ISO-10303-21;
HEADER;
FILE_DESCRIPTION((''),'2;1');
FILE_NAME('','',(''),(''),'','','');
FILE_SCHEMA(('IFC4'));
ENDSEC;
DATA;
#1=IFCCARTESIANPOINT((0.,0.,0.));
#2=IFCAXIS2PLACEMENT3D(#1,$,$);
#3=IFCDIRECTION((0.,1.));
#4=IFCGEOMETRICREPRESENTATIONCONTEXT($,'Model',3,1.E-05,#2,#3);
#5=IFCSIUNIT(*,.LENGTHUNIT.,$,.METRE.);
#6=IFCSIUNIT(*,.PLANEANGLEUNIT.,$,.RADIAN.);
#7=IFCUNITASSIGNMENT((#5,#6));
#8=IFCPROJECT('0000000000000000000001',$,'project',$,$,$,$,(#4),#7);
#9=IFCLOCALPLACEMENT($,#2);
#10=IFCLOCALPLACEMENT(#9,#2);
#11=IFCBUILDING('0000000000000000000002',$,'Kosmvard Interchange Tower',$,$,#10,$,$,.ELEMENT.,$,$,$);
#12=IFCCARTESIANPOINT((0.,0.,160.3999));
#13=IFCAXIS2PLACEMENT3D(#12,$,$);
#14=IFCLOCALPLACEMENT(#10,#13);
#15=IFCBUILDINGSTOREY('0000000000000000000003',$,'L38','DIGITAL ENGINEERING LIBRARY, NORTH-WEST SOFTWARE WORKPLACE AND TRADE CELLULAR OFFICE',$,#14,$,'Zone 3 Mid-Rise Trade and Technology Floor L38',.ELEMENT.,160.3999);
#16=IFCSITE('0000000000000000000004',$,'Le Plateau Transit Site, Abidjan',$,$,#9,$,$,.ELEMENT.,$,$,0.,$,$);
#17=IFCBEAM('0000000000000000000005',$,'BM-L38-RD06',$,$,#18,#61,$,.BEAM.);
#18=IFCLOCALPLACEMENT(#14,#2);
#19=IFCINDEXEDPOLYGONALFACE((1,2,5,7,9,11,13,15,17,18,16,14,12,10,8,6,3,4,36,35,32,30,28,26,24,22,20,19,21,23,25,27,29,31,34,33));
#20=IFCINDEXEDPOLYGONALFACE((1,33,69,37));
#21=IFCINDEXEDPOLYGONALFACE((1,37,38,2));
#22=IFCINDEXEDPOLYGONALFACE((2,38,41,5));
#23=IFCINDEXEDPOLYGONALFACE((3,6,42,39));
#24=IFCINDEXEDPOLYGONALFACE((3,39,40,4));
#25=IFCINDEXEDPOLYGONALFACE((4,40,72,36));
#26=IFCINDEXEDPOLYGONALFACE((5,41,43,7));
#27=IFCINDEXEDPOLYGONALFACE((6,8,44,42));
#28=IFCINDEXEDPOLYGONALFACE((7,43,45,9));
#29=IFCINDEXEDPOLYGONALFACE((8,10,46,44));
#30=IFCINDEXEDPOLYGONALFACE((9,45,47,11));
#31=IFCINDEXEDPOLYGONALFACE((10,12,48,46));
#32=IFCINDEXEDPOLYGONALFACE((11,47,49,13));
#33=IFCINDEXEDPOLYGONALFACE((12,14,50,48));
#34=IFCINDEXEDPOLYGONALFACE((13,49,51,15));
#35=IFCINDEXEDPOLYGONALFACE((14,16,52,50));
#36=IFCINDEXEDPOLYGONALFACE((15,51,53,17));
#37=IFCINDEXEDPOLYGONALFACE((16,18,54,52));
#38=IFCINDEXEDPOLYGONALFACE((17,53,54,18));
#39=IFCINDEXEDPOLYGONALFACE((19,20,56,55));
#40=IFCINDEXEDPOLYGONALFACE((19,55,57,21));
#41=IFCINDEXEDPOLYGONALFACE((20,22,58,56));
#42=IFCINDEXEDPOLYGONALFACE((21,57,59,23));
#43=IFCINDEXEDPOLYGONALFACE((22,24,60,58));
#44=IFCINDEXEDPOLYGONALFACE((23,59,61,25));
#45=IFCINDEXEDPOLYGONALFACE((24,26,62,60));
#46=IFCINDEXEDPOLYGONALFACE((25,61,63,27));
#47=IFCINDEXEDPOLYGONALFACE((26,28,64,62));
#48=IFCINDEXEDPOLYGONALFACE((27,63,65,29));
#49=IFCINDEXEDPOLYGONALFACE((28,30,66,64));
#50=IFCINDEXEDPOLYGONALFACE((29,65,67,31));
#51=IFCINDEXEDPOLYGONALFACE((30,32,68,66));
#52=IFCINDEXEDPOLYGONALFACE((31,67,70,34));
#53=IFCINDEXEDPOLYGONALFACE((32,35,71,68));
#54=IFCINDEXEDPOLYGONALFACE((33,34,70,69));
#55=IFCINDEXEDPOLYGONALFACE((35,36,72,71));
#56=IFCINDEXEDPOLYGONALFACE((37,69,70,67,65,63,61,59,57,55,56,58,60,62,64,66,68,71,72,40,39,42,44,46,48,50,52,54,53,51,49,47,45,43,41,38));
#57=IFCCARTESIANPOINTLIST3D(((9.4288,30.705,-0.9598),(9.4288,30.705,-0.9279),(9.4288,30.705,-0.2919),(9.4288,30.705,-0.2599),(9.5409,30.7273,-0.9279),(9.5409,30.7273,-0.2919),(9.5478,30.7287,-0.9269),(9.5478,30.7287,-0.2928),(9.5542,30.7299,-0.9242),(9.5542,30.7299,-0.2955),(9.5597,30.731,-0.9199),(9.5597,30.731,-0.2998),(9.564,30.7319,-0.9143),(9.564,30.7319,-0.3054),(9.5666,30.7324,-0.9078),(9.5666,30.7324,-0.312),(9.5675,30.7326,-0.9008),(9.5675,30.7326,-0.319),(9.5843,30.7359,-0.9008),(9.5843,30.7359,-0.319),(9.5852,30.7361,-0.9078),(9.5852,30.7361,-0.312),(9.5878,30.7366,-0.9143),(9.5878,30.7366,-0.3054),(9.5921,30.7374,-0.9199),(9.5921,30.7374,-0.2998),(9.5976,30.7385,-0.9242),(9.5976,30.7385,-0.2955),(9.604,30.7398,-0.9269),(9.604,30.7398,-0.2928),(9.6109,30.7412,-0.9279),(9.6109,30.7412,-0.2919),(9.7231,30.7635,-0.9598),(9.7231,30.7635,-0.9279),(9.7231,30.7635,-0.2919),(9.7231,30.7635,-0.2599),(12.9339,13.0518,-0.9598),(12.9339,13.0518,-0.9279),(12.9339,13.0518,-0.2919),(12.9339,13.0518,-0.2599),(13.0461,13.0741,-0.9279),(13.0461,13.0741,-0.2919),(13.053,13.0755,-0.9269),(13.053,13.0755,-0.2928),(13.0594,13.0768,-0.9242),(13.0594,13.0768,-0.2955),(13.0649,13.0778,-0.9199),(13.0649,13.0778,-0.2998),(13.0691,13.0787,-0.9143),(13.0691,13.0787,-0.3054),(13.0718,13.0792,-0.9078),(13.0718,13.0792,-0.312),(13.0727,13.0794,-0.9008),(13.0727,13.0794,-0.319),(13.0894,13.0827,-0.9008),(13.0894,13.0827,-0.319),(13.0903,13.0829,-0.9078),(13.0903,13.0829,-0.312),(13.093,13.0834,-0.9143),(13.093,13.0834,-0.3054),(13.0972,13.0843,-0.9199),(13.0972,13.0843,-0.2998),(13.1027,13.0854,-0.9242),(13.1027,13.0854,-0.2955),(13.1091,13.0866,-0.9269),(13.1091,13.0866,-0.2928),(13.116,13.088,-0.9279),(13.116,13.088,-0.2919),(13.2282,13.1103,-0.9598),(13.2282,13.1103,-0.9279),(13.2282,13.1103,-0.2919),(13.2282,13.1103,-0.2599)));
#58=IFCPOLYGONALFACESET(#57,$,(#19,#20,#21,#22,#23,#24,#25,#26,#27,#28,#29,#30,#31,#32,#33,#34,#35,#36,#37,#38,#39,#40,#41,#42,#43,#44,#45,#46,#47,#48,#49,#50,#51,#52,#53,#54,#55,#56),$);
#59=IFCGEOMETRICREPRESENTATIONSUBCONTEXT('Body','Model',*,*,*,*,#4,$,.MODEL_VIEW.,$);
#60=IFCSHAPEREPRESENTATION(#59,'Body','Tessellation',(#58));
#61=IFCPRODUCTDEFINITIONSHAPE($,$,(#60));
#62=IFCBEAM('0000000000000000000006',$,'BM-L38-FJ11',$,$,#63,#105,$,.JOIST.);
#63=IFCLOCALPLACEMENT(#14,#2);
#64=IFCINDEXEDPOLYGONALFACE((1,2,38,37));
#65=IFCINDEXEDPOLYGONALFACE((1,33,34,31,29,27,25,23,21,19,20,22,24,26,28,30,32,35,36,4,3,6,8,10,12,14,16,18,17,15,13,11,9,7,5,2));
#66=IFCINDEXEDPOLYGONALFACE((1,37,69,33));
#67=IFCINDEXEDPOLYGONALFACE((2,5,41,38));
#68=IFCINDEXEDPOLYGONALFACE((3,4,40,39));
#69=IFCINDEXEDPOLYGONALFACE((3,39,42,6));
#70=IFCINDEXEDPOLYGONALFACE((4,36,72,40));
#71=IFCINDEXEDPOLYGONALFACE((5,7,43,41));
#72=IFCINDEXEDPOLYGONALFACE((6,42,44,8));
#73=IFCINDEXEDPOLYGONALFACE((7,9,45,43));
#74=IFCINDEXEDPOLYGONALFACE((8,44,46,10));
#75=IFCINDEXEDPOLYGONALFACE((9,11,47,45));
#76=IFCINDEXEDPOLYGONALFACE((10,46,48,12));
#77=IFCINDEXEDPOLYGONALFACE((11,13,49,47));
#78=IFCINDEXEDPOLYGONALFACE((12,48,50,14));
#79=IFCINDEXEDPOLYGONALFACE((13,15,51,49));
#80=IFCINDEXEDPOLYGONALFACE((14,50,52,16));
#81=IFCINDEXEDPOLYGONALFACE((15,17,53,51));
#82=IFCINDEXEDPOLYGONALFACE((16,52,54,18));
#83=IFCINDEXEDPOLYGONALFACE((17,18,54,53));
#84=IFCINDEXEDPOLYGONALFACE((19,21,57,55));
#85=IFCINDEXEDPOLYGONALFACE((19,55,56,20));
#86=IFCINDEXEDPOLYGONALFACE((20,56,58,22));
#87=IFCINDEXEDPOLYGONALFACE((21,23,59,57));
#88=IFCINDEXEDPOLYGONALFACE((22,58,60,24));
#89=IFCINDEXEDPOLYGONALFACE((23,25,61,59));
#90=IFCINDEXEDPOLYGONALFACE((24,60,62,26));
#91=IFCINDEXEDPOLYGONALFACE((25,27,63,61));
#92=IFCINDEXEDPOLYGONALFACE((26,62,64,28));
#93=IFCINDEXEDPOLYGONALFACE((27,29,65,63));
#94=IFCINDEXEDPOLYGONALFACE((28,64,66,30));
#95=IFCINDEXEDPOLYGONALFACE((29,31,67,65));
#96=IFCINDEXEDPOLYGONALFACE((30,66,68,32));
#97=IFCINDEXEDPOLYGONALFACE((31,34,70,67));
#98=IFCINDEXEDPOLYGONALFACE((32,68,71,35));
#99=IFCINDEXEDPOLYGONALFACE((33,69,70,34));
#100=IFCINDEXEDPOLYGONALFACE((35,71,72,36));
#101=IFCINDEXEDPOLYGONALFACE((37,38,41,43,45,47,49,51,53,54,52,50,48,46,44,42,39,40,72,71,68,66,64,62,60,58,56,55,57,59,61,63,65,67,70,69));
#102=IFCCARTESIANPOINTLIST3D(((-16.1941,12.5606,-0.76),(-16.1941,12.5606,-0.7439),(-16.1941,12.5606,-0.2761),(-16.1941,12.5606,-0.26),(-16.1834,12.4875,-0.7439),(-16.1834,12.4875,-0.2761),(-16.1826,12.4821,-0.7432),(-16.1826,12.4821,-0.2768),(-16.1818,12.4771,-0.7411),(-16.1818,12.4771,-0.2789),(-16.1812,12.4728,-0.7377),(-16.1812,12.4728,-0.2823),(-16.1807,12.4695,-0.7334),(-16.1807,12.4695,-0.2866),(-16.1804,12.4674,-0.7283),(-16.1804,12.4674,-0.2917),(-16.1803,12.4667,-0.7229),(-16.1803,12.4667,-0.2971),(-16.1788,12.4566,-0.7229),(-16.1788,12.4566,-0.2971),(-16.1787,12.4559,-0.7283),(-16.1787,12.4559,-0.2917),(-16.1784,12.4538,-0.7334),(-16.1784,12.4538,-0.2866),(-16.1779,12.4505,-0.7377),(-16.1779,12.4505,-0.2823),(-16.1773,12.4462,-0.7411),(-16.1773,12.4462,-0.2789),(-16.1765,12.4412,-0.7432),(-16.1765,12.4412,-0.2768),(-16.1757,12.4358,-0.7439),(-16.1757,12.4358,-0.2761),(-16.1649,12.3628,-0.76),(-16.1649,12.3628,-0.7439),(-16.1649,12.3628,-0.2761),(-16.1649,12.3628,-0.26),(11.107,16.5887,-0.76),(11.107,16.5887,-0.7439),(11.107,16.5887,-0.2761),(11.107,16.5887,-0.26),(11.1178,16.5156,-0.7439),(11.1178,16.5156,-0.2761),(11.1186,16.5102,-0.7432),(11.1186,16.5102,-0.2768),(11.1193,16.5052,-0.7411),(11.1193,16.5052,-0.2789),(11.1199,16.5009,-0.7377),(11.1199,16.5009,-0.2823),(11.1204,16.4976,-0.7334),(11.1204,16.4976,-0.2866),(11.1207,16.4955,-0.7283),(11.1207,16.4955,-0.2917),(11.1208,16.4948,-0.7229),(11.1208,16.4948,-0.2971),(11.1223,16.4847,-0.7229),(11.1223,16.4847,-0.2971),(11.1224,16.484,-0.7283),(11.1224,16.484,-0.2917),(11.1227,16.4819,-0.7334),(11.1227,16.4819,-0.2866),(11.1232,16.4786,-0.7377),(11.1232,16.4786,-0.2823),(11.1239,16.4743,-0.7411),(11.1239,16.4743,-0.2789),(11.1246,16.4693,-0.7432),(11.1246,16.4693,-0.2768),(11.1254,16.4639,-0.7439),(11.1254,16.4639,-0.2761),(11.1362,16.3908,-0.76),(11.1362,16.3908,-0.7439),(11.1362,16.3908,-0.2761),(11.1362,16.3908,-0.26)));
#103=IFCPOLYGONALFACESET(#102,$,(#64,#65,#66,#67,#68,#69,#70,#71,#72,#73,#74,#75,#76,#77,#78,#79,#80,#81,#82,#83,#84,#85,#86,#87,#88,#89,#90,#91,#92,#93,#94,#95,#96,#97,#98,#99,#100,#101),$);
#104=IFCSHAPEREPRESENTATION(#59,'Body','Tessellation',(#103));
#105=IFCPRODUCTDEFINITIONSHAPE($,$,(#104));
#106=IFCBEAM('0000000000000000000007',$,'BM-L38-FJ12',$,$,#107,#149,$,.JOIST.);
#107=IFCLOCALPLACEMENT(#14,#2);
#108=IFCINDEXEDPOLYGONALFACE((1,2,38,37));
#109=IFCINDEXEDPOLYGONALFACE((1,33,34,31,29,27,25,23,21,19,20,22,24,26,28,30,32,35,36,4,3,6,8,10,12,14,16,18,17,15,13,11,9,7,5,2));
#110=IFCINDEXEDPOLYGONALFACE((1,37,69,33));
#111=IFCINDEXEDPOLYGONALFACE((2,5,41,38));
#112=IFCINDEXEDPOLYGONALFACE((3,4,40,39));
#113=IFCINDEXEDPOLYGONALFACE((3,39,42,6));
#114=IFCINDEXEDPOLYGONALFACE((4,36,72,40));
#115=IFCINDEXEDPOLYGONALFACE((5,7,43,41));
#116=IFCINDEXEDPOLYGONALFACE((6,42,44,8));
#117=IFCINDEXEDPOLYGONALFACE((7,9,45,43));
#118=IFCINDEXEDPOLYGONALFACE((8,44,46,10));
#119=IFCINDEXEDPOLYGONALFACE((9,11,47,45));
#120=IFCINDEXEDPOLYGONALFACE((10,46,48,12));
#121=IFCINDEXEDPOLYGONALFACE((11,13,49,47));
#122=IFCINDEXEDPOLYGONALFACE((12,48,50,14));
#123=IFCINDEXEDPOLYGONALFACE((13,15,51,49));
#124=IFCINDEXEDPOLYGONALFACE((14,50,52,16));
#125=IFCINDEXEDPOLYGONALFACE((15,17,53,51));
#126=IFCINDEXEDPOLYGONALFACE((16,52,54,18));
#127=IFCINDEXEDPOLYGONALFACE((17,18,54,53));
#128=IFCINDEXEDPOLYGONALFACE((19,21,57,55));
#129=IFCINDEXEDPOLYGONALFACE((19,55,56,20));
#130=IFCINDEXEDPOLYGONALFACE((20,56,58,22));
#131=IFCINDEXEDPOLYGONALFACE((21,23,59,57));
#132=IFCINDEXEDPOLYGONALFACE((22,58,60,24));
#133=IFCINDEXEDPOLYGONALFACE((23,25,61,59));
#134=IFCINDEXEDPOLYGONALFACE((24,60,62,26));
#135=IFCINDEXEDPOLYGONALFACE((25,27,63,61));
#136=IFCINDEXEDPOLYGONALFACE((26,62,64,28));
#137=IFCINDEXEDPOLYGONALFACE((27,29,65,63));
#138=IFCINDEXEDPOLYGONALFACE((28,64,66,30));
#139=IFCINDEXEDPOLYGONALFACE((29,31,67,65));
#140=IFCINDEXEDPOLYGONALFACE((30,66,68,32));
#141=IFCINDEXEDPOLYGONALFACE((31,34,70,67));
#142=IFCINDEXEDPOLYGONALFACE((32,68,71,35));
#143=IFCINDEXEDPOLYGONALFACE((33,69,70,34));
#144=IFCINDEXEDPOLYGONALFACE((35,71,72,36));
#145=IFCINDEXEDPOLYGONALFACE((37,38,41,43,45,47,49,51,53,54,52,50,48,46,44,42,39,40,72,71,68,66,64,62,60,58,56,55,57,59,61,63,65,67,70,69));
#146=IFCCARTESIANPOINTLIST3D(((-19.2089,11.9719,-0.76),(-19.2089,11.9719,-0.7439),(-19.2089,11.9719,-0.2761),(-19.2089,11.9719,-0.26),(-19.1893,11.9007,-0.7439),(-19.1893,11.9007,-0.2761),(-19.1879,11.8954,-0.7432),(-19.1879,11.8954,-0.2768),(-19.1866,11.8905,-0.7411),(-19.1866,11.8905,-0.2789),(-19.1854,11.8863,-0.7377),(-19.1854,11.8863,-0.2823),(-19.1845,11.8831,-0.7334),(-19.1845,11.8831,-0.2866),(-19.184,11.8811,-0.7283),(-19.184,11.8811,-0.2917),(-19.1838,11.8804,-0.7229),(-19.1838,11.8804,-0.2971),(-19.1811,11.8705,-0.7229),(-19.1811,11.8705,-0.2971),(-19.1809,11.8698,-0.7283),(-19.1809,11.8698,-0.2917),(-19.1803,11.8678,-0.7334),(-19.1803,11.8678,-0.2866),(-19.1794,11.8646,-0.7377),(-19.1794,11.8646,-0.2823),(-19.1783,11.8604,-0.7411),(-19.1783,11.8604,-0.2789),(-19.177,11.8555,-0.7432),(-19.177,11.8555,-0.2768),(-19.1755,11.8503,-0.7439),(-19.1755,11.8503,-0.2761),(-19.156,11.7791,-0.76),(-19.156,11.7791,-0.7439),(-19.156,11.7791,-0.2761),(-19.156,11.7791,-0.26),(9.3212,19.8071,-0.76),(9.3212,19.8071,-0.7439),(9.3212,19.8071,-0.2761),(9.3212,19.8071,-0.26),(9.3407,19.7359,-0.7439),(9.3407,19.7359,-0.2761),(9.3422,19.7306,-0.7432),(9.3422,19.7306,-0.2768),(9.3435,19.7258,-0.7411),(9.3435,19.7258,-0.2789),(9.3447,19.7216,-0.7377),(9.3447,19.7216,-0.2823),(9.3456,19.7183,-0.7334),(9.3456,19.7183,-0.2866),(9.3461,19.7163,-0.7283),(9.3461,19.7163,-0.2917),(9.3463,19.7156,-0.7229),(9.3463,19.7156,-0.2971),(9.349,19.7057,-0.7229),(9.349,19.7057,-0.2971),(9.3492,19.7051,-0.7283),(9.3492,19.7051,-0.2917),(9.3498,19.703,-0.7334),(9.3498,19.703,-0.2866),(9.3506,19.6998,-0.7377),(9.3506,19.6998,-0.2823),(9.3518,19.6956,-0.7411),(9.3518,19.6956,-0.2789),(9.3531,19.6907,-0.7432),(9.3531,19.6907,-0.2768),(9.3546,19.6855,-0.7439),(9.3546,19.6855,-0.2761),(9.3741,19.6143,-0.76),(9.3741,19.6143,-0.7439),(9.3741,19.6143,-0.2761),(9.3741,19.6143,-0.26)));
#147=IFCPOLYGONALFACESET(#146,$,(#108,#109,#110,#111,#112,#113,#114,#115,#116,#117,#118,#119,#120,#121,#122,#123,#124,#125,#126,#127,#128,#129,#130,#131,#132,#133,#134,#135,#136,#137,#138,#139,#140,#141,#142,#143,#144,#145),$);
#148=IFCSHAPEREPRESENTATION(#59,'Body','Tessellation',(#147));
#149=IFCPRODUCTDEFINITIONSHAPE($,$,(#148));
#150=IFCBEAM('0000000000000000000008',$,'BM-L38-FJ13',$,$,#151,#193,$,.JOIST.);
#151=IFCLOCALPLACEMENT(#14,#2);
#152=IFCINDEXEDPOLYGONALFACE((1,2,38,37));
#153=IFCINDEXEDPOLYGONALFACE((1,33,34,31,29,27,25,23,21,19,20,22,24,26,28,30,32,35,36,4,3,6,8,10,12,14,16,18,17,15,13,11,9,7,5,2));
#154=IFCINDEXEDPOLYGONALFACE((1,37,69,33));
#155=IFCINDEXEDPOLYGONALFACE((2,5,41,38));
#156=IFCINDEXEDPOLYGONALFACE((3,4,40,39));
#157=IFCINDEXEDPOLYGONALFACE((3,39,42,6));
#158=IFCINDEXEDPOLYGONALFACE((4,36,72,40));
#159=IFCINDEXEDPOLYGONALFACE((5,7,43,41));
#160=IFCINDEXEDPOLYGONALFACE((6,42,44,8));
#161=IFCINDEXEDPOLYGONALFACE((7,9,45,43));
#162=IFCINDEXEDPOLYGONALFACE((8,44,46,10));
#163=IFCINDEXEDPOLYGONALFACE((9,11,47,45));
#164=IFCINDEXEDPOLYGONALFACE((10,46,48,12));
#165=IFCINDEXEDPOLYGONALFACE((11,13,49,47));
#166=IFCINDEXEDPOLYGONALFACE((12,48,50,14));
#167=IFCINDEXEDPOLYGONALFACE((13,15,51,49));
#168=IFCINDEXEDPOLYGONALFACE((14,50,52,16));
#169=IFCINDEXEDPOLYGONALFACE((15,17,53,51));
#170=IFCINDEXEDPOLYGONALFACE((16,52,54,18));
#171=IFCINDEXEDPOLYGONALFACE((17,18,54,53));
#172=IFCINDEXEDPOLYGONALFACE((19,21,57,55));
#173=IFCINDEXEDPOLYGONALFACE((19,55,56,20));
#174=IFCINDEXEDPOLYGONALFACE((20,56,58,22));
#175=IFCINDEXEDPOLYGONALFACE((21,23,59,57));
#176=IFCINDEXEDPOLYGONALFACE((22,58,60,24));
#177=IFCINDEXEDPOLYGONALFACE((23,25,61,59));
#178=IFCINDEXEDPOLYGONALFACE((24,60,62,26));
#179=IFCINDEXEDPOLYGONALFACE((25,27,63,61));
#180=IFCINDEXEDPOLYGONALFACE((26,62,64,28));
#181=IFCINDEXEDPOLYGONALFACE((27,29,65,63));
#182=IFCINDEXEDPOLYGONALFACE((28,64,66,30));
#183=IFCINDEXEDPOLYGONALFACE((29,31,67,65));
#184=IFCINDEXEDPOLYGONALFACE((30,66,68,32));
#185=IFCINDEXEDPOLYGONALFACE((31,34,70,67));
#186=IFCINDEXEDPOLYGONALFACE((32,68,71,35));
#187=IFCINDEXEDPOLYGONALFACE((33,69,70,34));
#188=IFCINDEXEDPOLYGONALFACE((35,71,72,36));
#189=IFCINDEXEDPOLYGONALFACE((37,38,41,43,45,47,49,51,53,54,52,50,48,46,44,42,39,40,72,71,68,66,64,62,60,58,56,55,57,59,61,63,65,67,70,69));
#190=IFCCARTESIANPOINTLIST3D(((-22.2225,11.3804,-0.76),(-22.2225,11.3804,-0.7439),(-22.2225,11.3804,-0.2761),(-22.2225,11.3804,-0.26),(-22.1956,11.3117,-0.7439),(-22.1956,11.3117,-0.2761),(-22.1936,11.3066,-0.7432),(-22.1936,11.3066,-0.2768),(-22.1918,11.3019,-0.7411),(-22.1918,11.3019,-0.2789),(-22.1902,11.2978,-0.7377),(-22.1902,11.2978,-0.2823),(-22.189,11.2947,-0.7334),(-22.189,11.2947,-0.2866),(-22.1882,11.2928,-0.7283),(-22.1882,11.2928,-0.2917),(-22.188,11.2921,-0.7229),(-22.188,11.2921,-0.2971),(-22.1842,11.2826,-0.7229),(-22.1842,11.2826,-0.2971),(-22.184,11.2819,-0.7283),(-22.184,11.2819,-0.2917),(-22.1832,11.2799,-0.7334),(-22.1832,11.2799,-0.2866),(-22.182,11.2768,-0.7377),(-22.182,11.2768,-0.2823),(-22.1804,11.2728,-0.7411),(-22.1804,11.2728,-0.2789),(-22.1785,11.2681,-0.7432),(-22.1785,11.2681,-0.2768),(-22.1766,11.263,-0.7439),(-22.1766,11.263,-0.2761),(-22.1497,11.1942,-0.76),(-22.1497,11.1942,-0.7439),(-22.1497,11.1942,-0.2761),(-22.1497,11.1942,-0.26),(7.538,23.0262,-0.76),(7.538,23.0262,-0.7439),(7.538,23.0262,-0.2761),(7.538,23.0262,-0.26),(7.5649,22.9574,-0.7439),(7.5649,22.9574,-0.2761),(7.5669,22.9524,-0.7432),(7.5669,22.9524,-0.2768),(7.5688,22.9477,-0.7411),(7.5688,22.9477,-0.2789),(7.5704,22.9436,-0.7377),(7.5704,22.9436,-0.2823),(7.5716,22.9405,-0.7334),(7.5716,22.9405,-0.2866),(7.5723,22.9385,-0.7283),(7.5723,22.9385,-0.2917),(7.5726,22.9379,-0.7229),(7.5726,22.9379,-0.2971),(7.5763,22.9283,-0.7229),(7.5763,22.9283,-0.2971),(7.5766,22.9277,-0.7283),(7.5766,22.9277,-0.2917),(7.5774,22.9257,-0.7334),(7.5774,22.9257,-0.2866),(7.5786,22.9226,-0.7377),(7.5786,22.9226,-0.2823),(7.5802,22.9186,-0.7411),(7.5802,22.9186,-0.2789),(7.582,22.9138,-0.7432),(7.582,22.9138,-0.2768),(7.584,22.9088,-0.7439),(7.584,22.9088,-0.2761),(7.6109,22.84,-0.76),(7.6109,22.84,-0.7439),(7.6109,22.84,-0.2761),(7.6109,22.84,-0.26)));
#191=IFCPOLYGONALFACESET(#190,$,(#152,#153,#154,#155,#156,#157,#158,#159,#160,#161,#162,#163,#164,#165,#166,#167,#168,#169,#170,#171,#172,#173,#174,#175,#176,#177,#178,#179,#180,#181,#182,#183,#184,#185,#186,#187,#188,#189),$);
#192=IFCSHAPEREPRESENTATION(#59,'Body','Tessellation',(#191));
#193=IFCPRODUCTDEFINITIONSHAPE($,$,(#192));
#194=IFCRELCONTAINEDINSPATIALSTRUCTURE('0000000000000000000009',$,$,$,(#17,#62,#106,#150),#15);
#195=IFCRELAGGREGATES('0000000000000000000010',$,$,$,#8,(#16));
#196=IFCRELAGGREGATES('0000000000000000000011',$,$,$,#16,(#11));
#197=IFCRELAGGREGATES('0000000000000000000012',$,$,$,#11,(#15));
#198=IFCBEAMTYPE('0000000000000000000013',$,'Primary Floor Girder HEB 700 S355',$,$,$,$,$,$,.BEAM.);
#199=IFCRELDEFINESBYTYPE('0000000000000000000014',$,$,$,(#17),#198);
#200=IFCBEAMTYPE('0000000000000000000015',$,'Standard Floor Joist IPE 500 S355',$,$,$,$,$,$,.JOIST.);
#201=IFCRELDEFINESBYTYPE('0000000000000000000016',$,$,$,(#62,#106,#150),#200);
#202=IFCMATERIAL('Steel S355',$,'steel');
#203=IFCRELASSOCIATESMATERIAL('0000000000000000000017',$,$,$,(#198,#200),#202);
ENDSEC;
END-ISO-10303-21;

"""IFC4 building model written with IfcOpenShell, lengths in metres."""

from ifc_helpers import new_model, si_unit, direction, frame, origin, origin_2d, place, context, subcontext, project, spatial, i_section, extrude, source, transform, mapped, material, material_profile, profile_set, type_object, element, save


model = new_model("IFC4")

# Units and contexts
model_context = context("Model", 3, precision=1e-05, world=origin(), true_north=direction((0.0, 1.0)))
body_context = subcontext(model_context, "Body", "Model", "MODEL_VIEW")
ifc_project = project(units=[si_unit("LENGTHUNIT", "METRE"), si_unit("PLANEANGLEUNIT", "RADIAN")], contexts=[model_context])

# Site, building, storey
site_placement = place(None, origin())
site = spatial("IfcSite", under=ifc_project, at=site_placement, Name="Le Plateau Transit Site, Abidjan", CompositionType="ELEMENT", RefElevation=0.0)
building_placement = place(site_placement, origin())
building = spatial("IfcBuilding", under=site, at=building_placement, Name="Kosmvard Interchange Tower", CompositionType="ELEMENT")
storey_placement = place(building_placement, frame((0.0, 0.0, 160.3999)))
storey = spatial("IfcBuildingStorey", under=building, at=storey_placement, Name="L38", Description="DIGITAL ENGINEERING LIBRARY, NORTH-WEST SOFTWARE WORKPLACE AND TRADE CELLULAR OFFICE", LongName="Zone 3 Mid-Rise Trade and Technology Floor L38", CompositionType="ELEMENT", Elevation=160.3999)

# Beams
ifc_material_1 = material(Name="Steel S355", Category="steel")
ifc_material_profile_1 = material_profile(ifc_material_1, i_section(OverallWidth=0.3, OverallDepth=0.7, WebThickness=0.0171, FlangeThickness=0.032, FilletRadius=0.0271, at=origin_2d()), Name="HEB 700")
ifc_profile_set_1 = profile_set([ifc_material_profile_1], Name="Steel S355")
beam_type_1 = type_object("IfcBeamType", Name="Primary Floor Girder HEB 700 S355", PredefinedType="BEAM", material=ifc_profile_set_1)
shared_shape_1 = source(origin(), body_context, "Body", "SweptSolid", [
    extrude(i_section(OverallWidth=0.3, OverallDepth=0.7, WebThickness=0.0171, FlangeThickness=0.032, FilletRadius=0.0271, at=origin_2d()), origin(), (0.0, 0.0, 1.0), 17.9978),
])
beam_1_placement = place(storey_placement, frame((13.0811, 13.0811, -0.6099), z_axis=(-0.194754, 0.980852, 0.0), x_axis=(-0.980852, -0.194754, 0.0)))
element("IfcBeam", 1, at=beam_1_placement, inside=storey, type_object=beam_type_1, Name="BM-L38-RD06", PredefinedType="BEAM", context=body_context, shape_type="MappedRepresentation", body=[
    mapped(shared_shape_1, transform((0.0, 0.0, 0.0), scale=1.0)),
])
ifc_material_profile_2 = material_profile(ifc_material_1, i_section(OverallWidth=0.2, OverallDepth=0.5, WebThickness=0.0103, FlangeThickness=0.0161, FilletRadius=0.021, at=origin_2d()), Name="IPE 500")
ifc_profile_set_2 = profile_set([ifc_material_profile_2], Name="Steel S355")
beam_type_2 = type_object("IfcBeamType", Name="Standard Floor Joist IPE 500 S355", PredefinedType="JOIST", material=ifc_profile_set_2)
shared_shape_2 = source(origin(), body_context, "Body", "SweptSolid", [
    extrude(i_section(OverallWidth=0.2, OverallDepth=0.5, WebThickness=0.0103, FlangeThickness=0.0161, FilletRadius=0.021, at=origin_2d()), origin(), (0.0, 0.0, 1.0), 27.5967),
])
beam_2_placement = place(storey_placement, frame((11.1216, 16.4897, -0.51), z_axis=(-0.98929, -0.145963, 0.0), x_axis=(0.145963, -0.98929, 0.0)))
element("IfcBeam", 2, at=beam_2_placement, inside=storey, type_object=beam_type_2, Name="BM-L38-FJ11", PredefinedType="JOIST", context=body_context, shape_type="MappedRepresentation", body=[
    mapped(shared_shape_2, transform((0.0, 0.0, 0.0), scale=1.0)),
])
shared_shape_3 = source(origin(), body_context, "Body", "SweptSolid", [
    extrude(i_section(OverallWidth=0.2, OverallDepth=0.5, WebThickness=0.0103, FlangeThickness=0.0161, FilletRadius=0.021, at=origin_2d()), origin(), (0.0, 0.0, 1.0), 29.5864),
])
beam_3_placement = place(storey_placement, frame((9.3477, 19.7107, -0.51), z_axis=(-0.964297, -0.264825, 0.0), x_axis=(0.264825, -0.964297, 0.0)))
element("IfcBeam", 3, at=beam_3_placement, inside=storey, type_object=beam_type_2, Name="BM-L38-FJ12", PredefinedType="JOIST", context=body_context, shape_type="MappedRepresentation", body=[
    mapped(shared_shape_3, transform((0.0, 0.0, 0.0), scale=1.0)),
])
shared_shape_4 = source(origin(), body_context, "Body", "SweptSolid", [
    extrude(i_section(OverallWidth=0.2, OverallDepth=0.5, WebThickness=0.0103, FlangeThickness=0.0161, FilletRadius=0.021, at=origin_2d()), origin(), (0.0, 0.0, 1.0), 31.958),
])
beam_4_placement = place(storey_placement, frame((7.5745, 22.9331, -0.51), z_axis=(-0.931239, -0.364409, 0.0), x_axis=(0.364409, -0.931239, 0.0)))
element("IfcBeam", 4, at=beam_4_placement, inside=storey, type_object=beam_type_2, Name="BM-L38-FJ13", PredefinedType="JOIST", context=body_context, shape_type="MappedRepresentation", body=[
    mapped(shared_shape_4, transform((0.0, 0.0, 0.0), scale=1.0)),
])

save(model, "model.ifc")
